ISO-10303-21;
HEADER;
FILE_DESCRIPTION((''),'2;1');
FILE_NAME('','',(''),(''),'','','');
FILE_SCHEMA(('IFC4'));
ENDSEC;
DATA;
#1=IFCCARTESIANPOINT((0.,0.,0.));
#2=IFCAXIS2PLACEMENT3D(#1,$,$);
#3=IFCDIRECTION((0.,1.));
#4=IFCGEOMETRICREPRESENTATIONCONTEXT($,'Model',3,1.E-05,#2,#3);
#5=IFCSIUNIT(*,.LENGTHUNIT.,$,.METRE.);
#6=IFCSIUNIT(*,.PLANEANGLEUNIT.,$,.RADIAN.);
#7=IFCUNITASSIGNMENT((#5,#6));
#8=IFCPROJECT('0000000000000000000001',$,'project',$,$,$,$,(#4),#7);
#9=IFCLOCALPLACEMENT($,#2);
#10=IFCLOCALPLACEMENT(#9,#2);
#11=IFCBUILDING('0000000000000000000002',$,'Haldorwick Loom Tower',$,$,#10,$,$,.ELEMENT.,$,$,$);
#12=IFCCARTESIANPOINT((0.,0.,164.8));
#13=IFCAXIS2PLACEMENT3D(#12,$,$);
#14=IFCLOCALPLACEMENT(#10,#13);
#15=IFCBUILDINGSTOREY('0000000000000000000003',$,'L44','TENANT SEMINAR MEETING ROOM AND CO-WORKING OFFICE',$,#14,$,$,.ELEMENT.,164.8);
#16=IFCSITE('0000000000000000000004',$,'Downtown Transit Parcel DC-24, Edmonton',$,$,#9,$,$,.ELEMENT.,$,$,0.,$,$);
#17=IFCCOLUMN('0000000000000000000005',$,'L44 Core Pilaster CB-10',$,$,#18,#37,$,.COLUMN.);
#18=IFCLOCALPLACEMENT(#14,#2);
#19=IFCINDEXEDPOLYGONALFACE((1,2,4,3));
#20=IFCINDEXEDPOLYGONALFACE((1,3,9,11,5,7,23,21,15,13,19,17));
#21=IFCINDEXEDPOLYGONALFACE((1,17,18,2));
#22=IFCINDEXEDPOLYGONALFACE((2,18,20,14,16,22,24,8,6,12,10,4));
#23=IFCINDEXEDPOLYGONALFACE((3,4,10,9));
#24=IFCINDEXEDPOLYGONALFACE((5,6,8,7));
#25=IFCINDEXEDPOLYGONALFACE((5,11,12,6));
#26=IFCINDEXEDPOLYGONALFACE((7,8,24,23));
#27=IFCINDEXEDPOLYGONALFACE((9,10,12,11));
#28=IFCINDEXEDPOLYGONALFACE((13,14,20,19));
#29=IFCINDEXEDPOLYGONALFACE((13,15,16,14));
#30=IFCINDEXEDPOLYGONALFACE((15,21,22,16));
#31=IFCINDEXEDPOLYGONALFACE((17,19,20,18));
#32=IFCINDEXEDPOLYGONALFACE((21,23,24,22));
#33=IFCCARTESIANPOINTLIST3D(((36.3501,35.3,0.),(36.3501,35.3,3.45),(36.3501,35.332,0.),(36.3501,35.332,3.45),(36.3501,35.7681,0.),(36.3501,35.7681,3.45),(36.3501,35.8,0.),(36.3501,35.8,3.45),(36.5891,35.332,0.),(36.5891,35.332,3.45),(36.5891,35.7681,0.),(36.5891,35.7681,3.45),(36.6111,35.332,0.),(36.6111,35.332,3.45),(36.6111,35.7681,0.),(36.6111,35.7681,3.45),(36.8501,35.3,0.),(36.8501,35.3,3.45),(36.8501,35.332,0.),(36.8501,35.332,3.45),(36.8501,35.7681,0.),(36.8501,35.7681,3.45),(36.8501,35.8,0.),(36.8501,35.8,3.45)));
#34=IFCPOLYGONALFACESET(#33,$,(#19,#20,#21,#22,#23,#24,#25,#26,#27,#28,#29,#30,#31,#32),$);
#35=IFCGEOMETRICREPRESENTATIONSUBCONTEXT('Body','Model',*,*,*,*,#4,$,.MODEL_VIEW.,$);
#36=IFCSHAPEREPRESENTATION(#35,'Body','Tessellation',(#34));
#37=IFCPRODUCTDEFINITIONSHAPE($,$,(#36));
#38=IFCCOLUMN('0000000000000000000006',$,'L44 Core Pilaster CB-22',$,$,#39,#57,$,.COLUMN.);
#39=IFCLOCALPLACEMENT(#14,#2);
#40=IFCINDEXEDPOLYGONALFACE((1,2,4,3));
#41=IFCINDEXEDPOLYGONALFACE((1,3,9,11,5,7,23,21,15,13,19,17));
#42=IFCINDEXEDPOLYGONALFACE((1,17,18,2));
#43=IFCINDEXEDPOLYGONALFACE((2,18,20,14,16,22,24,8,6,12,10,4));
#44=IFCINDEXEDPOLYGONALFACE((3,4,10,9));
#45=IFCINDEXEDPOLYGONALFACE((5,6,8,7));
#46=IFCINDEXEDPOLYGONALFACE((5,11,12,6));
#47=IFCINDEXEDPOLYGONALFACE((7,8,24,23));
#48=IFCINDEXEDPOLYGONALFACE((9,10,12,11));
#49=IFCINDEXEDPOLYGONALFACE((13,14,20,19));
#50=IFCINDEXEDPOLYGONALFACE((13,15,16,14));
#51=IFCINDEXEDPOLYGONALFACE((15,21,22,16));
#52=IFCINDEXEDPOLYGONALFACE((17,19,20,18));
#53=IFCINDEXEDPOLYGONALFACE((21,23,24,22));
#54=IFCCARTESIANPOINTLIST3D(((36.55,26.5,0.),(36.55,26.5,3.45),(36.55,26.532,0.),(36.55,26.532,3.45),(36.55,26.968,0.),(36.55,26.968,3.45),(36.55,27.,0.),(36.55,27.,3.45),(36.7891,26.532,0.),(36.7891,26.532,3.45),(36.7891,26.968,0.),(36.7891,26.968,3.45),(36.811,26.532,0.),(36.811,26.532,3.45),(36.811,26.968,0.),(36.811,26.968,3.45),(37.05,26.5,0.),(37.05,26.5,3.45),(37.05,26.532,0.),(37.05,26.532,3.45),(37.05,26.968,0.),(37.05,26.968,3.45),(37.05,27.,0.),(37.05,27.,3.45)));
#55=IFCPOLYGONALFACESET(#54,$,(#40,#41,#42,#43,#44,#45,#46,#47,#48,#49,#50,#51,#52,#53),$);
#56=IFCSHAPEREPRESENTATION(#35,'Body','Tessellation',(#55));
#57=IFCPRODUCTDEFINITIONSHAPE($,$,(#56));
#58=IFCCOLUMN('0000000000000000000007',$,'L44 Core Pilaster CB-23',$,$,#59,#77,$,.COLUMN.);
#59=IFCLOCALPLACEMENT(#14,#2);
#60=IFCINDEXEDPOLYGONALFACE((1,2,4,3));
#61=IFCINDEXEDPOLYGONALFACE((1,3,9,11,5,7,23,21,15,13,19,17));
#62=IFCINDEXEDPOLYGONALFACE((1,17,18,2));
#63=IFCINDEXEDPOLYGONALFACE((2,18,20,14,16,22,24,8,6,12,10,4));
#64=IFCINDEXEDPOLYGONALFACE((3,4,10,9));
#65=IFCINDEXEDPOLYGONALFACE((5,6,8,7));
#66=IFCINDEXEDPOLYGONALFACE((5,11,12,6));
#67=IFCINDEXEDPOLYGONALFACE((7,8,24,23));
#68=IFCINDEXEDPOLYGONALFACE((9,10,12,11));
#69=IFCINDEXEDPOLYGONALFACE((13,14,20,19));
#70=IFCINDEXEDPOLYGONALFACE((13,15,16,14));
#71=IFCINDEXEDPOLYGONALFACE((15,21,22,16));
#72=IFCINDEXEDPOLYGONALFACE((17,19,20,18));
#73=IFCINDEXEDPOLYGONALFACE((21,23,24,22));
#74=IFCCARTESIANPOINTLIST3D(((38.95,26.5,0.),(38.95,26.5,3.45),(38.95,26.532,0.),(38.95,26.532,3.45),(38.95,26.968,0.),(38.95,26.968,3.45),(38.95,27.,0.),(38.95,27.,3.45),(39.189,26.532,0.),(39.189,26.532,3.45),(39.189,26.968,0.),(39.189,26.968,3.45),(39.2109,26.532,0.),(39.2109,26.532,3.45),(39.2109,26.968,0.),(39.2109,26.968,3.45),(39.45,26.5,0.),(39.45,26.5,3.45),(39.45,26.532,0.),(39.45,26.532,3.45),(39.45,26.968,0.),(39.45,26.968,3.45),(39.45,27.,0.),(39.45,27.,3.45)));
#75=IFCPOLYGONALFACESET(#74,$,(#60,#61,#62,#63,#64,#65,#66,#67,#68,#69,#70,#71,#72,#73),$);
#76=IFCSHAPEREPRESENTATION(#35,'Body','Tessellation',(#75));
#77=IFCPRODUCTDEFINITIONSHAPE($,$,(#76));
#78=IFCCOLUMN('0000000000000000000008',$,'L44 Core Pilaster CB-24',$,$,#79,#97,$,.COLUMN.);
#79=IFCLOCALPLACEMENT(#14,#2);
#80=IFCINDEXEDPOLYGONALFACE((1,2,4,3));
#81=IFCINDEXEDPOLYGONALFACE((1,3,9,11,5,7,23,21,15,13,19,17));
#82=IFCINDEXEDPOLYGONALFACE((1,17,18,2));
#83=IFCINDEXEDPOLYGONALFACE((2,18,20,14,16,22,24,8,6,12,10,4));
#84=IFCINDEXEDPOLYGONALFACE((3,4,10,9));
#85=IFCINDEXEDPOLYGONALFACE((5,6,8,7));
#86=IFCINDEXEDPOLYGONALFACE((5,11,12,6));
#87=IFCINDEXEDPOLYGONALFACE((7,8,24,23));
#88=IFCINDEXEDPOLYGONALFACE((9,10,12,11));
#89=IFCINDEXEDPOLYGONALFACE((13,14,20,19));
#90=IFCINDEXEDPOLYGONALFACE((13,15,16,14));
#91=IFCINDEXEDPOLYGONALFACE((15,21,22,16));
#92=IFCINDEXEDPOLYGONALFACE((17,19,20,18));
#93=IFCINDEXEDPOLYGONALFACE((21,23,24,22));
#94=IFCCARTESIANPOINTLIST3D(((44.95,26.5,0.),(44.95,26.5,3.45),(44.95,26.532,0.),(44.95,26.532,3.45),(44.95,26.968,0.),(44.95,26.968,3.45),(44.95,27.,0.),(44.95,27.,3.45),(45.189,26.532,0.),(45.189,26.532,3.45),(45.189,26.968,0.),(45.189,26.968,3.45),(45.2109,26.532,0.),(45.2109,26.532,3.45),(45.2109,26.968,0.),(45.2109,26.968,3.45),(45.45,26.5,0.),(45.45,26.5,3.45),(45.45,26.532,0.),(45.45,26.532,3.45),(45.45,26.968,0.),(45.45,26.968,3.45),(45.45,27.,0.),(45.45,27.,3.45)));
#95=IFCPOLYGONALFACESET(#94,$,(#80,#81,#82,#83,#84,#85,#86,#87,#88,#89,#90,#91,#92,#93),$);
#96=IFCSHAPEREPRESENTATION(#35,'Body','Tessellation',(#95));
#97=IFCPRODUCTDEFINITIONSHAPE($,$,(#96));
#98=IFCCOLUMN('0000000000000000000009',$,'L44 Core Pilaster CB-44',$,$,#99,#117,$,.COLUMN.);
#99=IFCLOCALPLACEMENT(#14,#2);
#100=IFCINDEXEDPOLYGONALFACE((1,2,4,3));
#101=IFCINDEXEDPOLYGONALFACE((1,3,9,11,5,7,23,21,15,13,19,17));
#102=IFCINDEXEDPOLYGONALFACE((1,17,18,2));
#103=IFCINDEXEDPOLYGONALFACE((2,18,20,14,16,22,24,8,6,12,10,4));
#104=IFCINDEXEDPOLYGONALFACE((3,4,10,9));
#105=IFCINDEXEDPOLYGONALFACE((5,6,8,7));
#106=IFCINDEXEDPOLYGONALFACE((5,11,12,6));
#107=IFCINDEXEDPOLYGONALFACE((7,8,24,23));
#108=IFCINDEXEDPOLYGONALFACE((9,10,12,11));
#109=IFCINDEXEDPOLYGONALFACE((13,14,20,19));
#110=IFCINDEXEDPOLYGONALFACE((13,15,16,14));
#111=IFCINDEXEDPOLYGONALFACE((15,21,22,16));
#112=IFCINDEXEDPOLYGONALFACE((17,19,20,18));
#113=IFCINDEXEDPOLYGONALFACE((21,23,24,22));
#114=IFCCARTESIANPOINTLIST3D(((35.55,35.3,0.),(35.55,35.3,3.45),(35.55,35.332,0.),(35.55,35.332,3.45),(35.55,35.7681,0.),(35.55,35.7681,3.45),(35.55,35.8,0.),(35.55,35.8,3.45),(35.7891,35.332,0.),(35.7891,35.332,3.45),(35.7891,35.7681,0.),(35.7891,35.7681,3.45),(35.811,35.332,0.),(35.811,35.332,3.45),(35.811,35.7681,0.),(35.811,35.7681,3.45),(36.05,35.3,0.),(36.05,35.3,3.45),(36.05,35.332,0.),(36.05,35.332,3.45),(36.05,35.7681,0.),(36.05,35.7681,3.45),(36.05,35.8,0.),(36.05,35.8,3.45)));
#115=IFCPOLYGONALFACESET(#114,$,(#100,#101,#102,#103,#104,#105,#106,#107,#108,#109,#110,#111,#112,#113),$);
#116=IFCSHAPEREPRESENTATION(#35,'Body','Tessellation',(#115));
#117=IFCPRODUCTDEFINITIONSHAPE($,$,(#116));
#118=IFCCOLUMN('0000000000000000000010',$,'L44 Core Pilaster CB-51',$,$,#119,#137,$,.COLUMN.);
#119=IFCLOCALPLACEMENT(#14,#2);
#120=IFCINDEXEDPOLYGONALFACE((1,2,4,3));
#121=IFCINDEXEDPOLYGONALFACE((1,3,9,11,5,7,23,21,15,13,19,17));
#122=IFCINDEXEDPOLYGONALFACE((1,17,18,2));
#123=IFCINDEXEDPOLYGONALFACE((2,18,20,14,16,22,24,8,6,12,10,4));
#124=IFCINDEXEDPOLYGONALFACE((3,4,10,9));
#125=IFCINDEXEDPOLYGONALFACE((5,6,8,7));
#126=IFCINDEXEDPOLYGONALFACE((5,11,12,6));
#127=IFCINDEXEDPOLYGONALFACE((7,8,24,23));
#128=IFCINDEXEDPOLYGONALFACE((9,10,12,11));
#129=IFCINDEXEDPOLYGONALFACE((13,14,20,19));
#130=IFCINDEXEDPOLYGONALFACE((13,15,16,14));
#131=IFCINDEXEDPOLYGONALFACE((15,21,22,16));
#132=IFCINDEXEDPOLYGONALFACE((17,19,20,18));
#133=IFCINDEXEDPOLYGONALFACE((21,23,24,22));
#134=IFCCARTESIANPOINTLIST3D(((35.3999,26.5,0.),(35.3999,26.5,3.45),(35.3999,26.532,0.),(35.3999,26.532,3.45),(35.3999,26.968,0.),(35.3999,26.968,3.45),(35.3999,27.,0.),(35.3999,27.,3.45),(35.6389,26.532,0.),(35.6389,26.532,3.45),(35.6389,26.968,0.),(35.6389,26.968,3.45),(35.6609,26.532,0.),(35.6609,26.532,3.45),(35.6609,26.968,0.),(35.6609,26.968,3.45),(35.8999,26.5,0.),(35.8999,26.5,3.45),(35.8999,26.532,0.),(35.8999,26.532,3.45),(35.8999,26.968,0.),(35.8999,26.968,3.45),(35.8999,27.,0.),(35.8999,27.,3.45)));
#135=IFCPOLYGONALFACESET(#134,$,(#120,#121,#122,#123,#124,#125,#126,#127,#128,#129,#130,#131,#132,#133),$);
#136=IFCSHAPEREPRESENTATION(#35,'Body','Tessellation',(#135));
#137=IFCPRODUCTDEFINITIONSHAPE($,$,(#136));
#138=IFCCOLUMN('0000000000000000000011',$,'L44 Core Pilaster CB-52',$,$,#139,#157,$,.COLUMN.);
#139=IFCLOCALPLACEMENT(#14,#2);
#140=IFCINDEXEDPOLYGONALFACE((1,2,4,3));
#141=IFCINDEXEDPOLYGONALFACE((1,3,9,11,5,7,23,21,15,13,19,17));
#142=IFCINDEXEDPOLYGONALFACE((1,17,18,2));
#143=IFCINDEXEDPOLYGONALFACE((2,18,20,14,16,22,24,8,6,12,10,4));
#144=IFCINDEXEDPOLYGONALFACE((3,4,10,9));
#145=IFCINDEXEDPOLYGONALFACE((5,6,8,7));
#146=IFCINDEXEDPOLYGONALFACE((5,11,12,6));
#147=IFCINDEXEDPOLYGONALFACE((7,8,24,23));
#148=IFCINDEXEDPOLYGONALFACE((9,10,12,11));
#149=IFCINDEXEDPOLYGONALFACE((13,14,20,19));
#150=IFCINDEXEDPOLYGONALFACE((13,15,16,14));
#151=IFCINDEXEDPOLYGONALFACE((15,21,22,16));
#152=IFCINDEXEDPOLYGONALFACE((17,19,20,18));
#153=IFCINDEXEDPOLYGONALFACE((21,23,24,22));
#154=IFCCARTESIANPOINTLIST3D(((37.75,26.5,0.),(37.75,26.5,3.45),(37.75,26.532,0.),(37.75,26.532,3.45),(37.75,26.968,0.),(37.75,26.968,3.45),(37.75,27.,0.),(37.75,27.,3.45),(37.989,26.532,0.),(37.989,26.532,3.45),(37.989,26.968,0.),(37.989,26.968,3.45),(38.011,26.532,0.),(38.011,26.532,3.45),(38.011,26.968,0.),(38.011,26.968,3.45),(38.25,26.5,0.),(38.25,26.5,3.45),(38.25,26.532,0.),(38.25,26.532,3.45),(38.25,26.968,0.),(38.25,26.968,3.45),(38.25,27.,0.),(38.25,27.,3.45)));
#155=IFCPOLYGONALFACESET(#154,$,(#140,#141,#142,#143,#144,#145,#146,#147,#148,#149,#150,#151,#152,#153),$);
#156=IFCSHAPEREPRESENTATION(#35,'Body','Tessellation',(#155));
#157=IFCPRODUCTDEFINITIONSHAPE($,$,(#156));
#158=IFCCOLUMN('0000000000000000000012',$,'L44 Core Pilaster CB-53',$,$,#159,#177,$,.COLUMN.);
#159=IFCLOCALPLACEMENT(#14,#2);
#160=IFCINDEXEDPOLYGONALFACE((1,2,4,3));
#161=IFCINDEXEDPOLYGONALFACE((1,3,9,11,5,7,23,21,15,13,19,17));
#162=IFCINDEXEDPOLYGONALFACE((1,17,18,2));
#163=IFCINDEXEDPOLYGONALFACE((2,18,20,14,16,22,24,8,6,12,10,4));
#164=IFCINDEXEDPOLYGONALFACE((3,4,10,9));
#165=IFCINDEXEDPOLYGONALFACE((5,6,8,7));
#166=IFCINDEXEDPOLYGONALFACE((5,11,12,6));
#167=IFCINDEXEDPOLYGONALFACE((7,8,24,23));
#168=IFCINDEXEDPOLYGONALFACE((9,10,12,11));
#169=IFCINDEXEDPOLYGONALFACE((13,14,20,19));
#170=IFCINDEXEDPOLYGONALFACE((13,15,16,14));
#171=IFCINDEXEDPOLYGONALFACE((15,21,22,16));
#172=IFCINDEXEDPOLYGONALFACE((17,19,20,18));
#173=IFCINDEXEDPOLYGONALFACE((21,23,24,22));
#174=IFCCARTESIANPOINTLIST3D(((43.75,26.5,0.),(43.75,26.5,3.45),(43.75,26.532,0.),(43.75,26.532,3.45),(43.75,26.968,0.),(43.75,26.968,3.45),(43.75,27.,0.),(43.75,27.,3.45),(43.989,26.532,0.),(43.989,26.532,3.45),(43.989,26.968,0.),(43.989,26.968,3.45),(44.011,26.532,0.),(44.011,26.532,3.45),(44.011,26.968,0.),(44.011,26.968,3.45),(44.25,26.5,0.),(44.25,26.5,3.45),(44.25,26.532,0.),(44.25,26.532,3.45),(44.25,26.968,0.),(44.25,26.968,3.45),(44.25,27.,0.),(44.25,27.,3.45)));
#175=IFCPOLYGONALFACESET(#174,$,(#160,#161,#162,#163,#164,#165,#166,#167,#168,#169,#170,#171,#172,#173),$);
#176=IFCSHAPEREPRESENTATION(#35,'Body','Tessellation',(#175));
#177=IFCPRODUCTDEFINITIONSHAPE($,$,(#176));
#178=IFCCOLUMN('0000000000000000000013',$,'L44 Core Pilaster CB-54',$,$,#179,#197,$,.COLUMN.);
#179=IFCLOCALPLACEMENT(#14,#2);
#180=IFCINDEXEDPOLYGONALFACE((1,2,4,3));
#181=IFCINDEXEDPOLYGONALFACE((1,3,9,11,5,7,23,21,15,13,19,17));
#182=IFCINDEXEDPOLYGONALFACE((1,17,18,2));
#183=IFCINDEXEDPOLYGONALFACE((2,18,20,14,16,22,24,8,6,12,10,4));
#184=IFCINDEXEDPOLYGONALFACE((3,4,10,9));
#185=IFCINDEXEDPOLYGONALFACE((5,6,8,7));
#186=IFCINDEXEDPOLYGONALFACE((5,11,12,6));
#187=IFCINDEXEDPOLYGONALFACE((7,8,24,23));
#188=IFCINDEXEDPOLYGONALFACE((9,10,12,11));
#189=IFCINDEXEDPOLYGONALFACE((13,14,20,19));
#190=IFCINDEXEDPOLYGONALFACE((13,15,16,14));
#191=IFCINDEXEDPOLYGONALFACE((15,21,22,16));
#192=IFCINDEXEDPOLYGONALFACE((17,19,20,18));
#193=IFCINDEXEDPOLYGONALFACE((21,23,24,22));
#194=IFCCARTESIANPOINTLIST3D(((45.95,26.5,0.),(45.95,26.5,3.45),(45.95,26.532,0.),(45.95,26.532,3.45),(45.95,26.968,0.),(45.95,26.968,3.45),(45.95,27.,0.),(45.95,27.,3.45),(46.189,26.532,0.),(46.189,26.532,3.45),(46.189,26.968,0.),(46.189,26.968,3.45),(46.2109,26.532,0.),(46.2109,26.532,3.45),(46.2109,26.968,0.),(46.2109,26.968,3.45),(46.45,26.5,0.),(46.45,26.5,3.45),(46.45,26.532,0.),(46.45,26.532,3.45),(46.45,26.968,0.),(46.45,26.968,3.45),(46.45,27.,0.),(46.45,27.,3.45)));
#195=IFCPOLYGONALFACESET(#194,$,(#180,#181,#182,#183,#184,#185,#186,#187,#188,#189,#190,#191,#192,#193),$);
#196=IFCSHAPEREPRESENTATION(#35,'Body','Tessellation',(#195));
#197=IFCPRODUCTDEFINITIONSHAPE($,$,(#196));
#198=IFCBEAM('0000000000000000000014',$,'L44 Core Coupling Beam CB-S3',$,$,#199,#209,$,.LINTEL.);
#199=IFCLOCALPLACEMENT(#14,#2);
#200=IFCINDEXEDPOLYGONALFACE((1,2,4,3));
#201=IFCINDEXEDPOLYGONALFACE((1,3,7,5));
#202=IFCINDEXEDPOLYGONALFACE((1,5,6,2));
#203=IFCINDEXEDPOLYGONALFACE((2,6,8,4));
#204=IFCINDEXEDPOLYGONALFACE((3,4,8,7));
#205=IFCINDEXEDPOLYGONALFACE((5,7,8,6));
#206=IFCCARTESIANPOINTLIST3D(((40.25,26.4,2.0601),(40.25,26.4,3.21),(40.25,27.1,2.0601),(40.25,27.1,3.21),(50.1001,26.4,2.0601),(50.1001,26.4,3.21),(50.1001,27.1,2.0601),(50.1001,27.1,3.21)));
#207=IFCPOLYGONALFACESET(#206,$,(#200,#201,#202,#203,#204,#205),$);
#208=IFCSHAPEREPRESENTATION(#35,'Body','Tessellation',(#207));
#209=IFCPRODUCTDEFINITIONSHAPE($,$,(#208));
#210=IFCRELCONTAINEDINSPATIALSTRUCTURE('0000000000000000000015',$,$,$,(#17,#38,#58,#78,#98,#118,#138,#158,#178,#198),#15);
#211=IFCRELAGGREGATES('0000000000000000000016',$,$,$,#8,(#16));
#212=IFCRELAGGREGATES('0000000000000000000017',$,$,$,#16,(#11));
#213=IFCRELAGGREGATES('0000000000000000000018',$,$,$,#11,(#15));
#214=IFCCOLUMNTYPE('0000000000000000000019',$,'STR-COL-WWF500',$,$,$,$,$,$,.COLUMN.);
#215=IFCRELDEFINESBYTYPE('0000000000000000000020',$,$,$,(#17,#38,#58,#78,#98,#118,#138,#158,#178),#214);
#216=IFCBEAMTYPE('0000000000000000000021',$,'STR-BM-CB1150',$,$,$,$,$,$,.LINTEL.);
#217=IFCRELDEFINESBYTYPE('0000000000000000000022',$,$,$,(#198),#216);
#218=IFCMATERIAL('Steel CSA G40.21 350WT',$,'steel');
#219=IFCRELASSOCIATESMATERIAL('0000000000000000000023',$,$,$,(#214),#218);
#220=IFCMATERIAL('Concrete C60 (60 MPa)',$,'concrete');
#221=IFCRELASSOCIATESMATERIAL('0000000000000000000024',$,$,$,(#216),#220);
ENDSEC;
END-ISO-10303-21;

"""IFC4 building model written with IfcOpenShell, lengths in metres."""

from ifc_helpers import new_model, si_unit, direction, frame, origin, origin_2d, place, context, subcontext, project, spatial, rectangle, i_section, extrude, material, material_profile, profile_set, type_object, element, save


model = new_model("IFC4")

# Units and contexts
model_context = context("Model", 3, precision=1e-05, world=origin(), true_north=direction((0.0, 1.0)))
body_context = subcontext(model_context, "Body", "Model", "MODEL_VIEW")
ifc_project = project(units=[si_unit("LENGTHUNIT", "METRE"), si_unit("PLANEANGLEUNIT", "RADIAN")], contexts=[model_context])

# Site, building, storey
site_placement = place(None, origin())
site = spatial("IfcSite", under=ifc_project, at=site_placement, Name="Downtown Transit Parcel DC-24, Edmonton", CompositionType="ELEMENT", RefElevation=0.0)
building_placement = place(site_placement, origin())
building = spatial("IfcBuilding", under=site, at=building_placement, Name="Haldorwick Loom Tower", CompositionType="ELEMENT")
storey_placement = place(building_placement, frame((0.0, 0.0, 164.8)))
storey = spatial("IfcBuildingStorey", under=building, at=storey_placement, Name="L44", Description="TENANT SEMINAR MEETING ROOM AND CO-WORKING OFFICE", CompositionType="ELEMENT", Elevation=164.8)

# Columns
ifc_material_1 = material(Name="Steel CSA G40.21 350WT", Category="steel")
ifc_material_profile_1 = material_profile(ifc_material_1, i_section(OverallWidth=0.5, OverallDepth=0.5, WebThickness=0.022, FlangeThickness=0.032, at=origin_2d()), Name="WWF500X500", Category="steel")
ifc_profile_set_1 = profile_set([ifc_material_profile_1], Name="Steel CSA G40.21 350WT")
column_type = type_object("IfcColumnType", Name="STR-COL-WWF500", PredefinedType="COLUMN", material=ifc_profile_set_1)
for number, where, z_axis, x_axis, name in (
    (1, (36.6001, 35.55, 0.0), (0.0, 0.0, 1.0), (1.0, 0.0, 0.0), "L44 Core Pilaster CB-10"),
    (2, (36.8, 26.75, 0.0), (0.0, 0.0, 1.0), (1.0, 0.0, 0.0), "L44 Core Pilaster CB-22"),
    (3, (39.2, 26.75, 0.0), (0.0, 0.0, 1.0), (1.0, 0.0, 0.0), "L44 Core Pilaster CB-23"),
    (4, (45.2, 26.75, 0.0), (0.0, 0.0, 1.0), (1.0, 0.0, 0.0), "L44 Core Pilaster CB-24"),
    (5, (35.8, 35.55, 0.0), (0.0, 0.0, 1.0), (1.0, 0.0, 0.0), "L44 Core Pilaster CB-44"),
    (6, (35.6499, 26.75, 0.0), (0.0, 0.0, 1.0), (1.0, 0.0, 0.0), "L44 Core Pilaster CB-51"),
    (7, (38.0, 26.75, 0.0), (0.0, 0.0, 1.0), (1.0, 0.0, 0.0), "L44 Core Pilaster CB-52"),
    (8, (44.0, 26.75, 0.0), (0.0, 0.0, 1.0), (1.0, 0.0, 0.0), "L44 Core Pilaster CB-53"),
    (9, (46.2, 26.75, 0.0), (0.0, 0.0, 1.0), (1.0, 0.0, 0.0), "L44 Core Pilaster CB-54"),
):
    element("IfcColumn", number, at=place(storey_placement, frame(where, z_axis=z_axis, x_axis=x_axis)), inside=storey, type_object=column_type, Name=name, PredefinedType="COLUMN", context=body_context, shape_type="SweptSolid", body=[
        extrude(i_section(OverallWidth=0.5, OverallDepth=0.5, WebThickness=0.022, FlangeThickness=0.032, at=origin_2d()), origin(), (0.0, 0.0, 1.0), 3.45),
    ])

# Beam
ifc_material_2 = material(Name="Concrete C60 (60 MPa)", Category="concrete")
ifc_material_profile_2 = material_profile(ifc_material_2, rectangle(XDim=0.7, YDim=1.1499, at=origin_2d()), Name="RC700X1150", Category="concrete")
ifc_profile_set_2 = profile_set([ifc_material_profile_2], Name="Concrete C60 (60 MPa)")
beam_type_1 = type_object("IfcBeamType", Name="STR-BM-CB1150", PredefinedType="LINTEL", material=ifc_profile_set_2)
beam_placement = place(storey_placement, frame((40.25, 26.75, 2.635), z_axis=(1.0, 0.0, 0.0), x_axis=(0.0, 1.0, 0.0)))
element("IfcBeam", 10, at=beam_placement, inside=storey, type_object=beam_type_1, Name="L44 Core Coupling Beam CB-S3", PredefinedType="LINTEL", context=body_context, shape_type="SweptSolid", body=[
    extrude(rectangle(XDim=0.7, YDim=1.1499, at=origin_2d()), origin(), (0.0, 0.0, 1.0), 9.8501),
])

save(model, "model.ifc")
